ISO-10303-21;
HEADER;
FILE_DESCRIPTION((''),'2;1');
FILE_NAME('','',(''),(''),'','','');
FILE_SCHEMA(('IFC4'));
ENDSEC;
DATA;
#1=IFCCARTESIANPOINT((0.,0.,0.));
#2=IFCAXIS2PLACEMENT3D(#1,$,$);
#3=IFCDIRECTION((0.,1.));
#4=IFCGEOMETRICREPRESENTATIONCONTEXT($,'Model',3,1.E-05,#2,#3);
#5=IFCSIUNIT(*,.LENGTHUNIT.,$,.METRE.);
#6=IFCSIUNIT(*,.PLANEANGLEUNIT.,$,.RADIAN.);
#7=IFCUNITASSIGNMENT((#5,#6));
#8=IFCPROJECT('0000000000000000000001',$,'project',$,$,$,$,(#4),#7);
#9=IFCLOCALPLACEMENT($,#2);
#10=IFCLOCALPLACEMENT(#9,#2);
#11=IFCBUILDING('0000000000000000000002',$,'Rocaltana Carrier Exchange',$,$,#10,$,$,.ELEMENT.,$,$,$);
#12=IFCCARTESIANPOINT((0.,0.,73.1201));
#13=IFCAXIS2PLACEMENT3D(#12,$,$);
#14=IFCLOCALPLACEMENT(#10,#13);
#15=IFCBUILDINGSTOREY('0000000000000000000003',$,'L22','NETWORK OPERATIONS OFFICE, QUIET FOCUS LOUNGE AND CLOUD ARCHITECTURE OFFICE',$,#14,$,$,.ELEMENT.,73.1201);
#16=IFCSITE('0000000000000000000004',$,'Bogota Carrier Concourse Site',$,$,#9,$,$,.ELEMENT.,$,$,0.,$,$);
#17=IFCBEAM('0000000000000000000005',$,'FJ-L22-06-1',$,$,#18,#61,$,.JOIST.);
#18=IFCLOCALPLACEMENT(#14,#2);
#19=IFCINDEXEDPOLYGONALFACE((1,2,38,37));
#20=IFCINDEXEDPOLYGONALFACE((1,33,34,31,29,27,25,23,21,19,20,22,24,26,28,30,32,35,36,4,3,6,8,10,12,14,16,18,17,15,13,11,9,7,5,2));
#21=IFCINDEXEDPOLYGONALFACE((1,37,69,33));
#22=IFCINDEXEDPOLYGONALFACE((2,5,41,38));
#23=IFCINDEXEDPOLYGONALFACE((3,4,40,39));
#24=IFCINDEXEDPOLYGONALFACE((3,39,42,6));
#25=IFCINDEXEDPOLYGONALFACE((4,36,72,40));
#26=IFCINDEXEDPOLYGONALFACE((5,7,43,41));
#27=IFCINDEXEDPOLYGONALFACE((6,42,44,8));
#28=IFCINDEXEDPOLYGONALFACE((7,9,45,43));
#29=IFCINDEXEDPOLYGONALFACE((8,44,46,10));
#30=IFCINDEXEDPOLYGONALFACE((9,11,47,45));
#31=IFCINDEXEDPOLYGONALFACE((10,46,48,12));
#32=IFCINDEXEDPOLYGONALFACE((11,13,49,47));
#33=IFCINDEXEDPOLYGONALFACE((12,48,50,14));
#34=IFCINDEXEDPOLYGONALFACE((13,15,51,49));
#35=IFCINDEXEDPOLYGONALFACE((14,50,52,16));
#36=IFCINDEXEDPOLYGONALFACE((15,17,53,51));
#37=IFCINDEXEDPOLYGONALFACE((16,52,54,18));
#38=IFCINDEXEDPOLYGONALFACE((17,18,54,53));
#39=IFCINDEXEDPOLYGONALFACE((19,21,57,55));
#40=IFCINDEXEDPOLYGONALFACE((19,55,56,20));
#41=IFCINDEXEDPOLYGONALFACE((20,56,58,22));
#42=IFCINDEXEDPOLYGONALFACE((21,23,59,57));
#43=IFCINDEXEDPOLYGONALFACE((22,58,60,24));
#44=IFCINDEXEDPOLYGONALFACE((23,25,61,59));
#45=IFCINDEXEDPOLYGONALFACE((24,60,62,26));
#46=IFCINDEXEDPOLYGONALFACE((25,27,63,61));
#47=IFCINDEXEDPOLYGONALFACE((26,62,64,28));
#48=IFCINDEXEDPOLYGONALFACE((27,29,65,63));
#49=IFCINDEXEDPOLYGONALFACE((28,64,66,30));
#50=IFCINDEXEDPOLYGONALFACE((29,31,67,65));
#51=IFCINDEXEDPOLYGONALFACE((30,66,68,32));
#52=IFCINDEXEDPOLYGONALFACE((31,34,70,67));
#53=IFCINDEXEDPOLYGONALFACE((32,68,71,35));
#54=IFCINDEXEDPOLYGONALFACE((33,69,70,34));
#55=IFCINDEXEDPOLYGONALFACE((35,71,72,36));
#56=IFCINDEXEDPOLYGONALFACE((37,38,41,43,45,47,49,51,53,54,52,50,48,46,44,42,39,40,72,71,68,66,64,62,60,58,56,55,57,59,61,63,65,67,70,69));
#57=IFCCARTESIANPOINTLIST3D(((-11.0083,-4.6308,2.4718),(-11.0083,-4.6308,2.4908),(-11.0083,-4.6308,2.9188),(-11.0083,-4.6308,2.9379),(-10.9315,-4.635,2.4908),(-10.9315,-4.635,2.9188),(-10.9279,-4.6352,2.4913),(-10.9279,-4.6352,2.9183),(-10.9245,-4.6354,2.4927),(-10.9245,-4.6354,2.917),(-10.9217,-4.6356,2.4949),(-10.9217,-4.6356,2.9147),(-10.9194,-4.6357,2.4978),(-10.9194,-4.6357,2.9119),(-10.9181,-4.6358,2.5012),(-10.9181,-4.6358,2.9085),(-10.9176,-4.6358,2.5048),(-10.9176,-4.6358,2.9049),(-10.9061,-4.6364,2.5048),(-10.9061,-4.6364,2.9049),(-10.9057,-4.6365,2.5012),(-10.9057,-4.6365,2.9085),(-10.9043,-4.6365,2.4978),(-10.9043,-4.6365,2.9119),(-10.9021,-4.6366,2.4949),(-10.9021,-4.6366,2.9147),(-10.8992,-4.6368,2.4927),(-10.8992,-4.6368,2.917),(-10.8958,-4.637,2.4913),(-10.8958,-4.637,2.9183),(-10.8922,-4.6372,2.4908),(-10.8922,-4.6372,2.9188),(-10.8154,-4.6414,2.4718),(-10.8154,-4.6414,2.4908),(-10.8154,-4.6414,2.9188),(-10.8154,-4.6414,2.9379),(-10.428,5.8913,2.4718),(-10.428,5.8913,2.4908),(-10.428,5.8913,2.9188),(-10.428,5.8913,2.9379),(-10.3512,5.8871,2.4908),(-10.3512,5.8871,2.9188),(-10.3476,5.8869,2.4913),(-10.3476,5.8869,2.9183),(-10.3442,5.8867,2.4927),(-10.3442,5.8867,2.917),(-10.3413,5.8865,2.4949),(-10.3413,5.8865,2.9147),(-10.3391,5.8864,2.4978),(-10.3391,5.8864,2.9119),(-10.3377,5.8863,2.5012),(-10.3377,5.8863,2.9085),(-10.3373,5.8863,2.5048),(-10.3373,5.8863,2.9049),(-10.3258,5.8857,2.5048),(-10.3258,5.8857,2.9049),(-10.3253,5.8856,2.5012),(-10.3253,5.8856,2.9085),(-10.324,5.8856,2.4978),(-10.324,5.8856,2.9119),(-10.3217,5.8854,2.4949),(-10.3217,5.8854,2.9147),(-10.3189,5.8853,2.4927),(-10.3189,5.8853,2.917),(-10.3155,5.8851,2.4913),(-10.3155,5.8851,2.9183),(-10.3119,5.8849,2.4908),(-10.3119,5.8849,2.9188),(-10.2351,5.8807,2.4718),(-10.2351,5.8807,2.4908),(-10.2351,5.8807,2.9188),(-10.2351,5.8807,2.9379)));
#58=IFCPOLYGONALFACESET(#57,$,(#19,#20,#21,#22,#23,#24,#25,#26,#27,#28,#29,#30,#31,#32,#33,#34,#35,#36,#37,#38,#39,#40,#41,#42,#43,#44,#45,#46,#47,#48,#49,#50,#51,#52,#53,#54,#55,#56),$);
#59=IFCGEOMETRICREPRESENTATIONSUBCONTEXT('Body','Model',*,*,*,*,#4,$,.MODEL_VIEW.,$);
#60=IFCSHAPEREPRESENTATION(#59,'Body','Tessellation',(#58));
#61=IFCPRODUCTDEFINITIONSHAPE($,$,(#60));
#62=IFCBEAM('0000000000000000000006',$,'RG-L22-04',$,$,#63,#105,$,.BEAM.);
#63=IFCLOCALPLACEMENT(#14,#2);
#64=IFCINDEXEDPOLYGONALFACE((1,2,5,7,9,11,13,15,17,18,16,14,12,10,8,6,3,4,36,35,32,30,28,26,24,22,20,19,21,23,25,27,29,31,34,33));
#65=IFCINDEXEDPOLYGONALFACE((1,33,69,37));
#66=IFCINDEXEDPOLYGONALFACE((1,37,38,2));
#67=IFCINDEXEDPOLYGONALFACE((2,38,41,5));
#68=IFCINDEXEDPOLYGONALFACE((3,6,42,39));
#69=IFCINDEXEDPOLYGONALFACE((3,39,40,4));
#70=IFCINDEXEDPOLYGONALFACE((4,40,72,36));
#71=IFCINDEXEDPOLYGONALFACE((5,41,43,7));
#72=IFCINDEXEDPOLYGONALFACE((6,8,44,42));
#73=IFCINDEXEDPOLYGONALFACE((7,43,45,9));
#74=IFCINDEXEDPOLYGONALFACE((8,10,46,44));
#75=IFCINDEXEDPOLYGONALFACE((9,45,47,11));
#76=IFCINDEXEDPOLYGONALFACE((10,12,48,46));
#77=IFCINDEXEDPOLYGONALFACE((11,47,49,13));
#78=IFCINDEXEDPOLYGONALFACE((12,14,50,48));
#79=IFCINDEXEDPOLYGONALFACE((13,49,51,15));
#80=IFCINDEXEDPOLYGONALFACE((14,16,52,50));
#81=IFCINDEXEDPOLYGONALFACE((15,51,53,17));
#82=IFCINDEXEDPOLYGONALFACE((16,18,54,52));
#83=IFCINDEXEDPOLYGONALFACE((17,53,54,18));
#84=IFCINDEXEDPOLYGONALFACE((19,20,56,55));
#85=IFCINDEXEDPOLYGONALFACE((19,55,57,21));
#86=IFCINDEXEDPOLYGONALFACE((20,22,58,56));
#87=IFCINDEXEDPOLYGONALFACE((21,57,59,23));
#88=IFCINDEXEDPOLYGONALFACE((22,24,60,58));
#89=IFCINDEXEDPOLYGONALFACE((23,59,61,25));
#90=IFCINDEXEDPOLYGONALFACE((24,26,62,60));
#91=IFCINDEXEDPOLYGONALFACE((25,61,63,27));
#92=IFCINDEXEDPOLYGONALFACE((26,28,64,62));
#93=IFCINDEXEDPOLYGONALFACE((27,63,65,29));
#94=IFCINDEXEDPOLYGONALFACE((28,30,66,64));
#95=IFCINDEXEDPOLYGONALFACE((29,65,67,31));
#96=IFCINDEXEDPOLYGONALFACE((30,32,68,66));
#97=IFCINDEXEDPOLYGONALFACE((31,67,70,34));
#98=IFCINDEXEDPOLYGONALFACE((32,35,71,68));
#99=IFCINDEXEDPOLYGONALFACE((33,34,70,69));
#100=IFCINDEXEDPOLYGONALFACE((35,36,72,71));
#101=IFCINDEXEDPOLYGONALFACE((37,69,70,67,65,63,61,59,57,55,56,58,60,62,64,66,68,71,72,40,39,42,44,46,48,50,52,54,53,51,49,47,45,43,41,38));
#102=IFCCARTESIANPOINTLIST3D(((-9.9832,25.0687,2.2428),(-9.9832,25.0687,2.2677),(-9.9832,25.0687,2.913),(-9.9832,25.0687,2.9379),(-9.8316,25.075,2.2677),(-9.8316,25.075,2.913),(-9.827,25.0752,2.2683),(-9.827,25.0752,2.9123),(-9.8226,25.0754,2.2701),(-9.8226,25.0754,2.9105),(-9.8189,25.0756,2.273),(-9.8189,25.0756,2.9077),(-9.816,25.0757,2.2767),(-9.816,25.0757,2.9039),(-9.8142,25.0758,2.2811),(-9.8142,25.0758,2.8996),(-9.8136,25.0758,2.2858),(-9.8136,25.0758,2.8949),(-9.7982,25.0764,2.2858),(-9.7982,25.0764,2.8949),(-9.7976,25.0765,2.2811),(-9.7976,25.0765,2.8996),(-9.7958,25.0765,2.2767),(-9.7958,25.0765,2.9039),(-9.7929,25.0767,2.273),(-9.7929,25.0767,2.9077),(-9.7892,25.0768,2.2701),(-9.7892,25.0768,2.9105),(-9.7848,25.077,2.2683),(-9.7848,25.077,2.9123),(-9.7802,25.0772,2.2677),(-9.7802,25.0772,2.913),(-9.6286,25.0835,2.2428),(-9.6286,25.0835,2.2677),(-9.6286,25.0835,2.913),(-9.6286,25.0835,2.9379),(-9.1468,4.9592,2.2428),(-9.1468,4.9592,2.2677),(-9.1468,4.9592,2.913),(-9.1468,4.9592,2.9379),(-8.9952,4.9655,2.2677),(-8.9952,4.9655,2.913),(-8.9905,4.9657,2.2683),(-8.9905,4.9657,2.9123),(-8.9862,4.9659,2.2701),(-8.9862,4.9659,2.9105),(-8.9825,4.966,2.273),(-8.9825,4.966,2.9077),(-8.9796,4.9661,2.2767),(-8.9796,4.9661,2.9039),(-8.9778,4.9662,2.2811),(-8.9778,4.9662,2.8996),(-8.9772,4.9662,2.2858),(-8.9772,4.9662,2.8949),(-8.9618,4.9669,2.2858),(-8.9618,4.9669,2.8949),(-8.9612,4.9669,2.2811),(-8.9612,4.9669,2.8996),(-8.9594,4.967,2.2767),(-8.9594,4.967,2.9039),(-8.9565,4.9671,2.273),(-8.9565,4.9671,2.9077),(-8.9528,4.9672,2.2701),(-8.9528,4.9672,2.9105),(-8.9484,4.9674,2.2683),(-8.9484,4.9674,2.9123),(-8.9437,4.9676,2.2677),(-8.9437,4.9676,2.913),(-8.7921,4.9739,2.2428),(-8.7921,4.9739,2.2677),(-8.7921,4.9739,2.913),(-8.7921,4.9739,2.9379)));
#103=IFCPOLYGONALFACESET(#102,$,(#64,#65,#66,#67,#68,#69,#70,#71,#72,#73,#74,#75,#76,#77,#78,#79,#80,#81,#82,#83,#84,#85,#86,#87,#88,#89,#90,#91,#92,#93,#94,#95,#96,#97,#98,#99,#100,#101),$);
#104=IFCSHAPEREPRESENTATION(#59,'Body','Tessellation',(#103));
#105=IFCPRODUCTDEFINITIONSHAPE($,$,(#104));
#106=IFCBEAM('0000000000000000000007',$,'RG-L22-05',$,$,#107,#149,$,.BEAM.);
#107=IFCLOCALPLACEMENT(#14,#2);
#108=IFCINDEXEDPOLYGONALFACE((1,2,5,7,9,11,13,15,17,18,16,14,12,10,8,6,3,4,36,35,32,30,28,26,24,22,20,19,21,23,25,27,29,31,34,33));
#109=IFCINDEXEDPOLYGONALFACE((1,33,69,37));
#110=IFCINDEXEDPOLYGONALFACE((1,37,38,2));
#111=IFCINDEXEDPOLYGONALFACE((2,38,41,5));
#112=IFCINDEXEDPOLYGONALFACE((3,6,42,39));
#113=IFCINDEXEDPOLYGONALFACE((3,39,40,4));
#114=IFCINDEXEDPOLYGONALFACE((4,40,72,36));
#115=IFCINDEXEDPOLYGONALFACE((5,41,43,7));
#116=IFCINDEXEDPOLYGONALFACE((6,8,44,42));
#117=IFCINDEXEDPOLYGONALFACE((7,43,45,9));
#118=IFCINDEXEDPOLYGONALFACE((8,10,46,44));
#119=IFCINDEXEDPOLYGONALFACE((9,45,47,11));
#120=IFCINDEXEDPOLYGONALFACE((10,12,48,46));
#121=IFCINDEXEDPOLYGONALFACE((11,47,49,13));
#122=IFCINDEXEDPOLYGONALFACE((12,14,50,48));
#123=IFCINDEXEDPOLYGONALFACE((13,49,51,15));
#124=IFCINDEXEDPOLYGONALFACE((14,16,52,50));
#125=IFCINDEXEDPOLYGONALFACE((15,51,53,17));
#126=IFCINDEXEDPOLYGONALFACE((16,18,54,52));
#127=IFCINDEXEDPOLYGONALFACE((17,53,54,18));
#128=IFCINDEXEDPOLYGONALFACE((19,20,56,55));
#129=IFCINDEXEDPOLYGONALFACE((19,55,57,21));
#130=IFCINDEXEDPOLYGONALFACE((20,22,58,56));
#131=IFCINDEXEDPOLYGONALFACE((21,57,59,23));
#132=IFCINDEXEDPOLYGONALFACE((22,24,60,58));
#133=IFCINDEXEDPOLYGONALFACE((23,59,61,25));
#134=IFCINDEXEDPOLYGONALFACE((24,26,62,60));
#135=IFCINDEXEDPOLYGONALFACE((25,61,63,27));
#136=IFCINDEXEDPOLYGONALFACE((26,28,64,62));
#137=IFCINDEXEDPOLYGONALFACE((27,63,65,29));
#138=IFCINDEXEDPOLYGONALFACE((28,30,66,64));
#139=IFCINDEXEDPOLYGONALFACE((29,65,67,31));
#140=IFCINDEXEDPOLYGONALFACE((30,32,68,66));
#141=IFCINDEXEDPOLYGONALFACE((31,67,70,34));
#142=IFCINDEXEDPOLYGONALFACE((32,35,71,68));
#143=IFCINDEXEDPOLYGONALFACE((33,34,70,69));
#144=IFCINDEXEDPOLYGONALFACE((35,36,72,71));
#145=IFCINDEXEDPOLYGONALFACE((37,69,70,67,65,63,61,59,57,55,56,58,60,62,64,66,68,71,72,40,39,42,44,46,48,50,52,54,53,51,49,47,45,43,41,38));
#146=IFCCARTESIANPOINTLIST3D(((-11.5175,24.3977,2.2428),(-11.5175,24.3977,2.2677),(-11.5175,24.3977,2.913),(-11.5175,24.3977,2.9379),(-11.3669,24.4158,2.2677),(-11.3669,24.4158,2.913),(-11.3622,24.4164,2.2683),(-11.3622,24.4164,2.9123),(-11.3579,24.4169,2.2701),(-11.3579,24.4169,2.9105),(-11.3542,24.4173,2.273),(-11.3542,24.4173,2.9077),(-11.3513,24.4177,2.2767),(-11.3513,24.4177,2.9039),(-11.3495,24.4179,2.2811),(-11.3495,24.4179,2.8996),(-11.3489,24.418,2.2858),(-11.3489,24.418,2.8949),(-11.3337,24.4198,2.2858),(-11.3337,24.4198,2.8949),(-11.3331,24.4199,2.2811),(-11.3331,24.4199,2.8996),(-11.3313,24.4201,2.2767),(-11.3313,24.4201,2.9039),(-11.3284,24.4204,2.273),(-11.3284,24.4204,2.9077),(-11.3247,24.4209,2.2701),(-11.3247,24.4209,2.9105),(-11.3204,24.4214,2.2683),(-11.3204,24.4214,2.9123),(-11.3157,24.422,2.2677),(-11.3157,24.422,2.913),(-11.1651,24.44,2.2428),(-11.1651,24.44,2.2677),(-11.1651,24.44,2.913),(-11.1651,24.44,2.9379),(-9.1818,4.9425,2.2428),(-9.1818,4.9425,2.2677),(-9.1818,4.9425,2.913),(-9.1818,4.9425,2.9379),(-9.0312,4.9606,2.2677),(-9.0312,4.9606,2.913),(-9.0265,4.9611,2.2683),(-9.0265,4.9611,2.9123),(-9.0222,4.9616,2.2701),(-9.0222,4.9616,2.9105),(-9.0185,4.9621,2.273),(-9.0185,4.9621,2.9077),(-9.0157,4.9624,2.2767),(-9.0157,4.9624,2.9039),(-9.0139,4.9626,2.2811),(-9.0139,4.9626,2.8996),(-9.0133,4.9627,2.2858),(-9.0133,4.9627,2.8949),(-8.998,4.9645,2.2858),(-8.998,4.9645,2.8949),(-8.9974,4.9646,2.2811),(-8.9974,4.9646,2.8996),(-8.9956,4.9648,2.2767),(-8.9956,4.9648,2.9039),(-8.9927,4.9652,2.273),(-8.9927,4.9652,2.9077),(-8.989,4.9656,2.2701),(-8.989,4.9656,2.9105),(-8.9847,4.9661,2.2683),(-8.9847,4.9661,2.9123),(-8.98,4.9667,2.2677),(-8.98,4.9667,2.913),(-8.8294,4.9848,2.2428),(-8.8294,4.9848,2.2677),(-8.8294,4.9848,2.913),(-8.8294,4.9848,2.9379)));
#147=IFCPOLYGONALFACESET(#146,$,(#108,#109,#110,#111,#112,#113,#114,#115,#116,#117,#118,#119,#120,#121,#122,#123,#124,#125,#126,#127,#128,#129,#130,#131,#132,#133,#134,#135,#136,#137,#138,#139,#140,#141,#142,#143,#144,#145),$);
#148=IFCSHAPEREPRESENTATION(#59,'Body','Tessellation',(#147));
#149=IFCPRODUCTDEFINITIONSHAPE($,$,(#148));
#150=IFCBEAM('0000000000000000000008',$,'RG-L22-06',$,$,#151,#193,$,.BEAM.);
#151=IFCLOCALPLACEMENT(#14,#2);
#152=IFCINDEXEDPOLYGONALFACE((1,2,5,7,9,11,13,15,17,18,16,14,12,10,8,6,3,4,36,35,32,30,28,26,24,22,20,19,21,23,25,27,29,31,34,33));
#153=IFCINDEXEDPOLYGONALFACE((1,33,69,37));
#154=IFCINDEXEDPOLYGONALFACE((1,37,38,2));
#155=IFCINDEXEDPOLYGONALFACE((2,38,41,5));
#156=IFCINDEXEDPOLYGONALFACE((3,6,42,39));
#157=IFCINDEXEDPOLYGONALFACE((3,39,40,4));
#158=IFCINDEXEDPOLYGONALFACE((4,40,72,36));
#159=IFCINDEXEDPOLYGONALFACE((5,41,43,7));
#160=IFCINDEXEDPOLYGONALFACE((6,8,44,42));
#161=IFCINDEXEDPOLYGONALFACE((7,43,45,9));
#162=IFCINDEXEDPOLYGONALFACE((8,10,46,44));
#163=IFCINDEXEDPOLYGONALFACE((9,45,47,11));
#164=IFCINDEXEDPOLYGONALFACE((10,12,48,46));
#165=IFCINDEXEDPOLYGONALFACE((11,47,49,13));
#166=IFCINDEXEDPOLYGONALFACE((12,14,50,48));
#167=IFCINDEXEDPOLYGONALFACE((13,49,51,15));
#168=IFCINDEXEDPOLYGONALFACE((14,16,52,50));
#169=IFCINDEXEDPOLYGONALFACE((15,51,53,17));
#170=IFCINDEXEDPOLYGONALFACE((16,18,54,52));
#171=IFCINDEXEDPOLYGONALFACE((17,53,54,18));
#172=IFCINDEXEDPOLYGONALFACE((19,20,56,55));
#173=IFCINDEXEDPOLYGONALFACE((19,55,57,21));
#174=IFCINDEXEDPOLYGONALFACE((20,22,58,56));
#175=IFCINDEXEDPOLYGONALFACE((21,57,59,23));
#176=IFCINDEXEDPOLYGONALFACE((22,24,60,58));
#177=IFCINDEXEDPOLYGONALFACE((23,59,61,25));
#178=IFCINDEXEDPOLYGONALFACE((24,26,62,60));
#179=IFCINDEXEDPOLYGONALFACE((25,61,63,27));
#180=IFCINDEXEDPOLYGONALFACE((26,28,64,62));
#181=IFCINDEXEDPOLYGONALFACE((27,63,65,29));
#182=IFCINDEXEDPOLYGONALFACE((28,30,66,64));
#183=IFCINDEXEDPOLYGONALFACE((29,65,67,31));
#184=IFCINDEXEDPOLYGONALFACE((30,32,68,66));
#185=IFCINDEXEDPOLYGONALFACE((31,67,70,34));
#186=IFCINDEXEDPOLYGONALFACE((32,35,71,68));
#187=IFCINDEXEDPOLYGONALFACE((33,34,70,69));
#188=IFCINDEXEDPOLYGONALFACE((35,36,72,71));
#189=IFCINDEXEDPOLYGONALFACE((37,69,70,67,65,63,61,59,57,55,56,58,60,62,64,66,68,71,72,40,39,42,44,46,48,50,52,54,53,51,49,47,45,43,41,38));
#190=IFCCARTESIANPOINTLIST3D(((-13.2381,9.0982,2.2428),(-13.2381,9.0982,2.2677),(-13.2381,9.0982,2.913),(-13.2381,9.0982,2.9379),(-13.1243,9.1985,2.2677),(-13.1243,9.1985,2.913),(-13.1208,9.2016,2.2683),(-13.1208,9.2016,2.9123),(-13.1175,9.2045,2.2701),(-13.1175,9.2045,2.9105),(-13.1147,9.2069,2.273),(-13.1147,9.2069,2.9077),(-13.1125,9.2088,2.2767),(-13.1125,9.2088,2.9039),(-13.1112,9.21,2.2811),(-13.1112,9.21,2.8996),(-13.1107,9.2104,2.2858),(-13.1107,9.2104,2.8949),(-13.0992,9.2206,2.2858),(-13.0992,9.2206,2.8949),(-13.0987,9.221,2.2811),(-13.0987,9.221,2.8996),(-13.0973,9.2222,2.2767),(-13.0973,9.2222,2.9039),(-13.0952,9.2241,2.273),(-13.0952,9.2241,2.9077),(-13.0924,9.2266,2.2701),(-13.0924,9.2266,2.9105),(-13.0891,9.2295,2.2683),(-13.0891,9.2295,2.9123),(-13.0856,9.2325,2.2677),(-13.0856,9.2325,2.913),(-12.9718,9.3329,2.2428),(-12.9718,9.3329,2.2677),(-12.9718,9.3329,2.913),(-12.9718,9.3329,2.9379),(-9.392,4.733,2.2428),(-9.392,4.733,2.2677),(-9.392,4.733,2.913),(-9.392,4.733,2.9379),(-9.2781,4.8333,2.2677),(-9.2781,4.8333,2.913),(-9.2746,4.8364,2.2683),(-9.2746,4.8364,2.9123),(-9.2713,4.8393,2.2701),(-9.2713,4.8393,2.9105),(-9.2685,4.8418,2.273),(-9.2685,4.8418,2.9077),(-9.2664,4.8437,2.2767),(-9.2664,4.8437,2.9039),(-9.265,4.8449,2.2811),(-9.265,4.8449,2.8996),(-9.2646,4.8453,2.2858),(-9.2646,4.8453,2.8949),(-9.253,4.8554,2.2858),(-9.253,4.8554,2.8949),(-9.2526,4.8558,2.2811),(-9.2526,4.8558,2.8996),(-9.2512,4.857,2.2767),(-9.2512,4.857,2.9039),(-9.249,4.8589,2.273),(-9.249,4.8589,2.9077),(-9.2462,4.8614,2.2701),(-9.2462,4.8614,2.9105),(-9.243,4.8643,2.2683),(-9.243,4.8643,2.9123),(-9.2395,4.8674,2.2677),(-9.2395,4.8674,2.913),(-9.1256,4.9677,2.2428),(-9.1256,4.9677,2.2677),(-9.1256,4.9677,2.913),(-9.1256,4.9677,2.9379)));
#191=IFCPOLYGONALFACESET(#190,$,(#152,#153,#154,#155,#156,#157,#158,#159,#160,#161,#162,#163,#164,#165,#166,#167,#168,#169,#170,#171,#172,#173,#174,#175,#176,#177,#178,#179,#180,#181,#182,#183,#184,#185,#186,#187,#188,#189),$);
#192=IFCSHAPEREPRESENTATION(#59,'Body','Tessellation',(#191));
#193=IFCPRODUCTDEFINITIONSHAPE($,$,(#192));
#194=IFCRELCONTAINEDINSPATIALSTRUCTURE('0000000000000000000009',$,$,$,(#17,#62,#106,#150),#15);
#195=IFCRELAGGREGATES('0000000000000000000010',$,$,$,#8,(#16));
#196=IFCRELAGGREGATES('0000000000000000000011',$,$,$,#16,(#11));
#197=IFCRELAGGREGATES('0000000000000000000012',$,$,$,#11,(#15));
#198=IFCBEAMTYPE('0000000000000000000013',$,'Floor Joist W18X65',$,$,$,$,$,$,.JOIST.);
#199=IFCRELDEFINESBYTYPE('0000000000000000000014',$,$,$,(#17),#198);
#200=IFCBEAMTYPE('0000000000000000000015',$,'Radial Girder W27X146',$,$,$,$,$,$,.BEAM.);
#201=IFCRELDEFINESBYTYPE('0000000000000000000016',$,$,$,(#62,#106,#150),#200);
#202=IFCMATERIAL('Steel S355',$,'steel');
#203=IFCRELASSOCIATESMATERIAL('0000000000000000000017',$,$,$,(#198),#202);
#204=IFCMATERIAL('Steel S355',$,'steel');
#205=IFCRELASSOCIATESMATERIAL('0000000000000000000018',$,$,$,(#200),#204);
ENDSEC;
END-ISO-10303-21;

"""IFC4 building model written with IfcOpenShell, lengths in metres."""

from ifc_helpers import new_model, si_unit, direction, frame, origin, origin_2d, place, context, subcontext, project, spatial, i_section, extrude, material, material_profile, profile_set, type_object, element, save


model = new_model("IFC4")

# Units and contexts
model_context = context("Model", 3, precision=1e-05, world=origin(), true_north=direction((0.0, 1.0)))
body_context = subcontext(model_context, "Body", "Model", "MODEL_VIEW")
ifc_project = project(units=[si_unit("LENGTHUNIT", "METRE"), si_unit("PLANEANGLEUNIT", "RADIAN")], contexts=[model_context])

# Site, building, storey
site_placement = place(None, origin())
site = spatial("IfcSite", under=ifc_project, at=site_placement, Name="Bogota Carrier Concourse Site", CompositionType="ELEMENT", RefElevation=0.0)
building_placement = place(site_placement, origin())
building = spatial("IfcBuilding", under=site, at=building_placement, Name="Rocaltana Carrier Exchange", CompositionType="ELEMENT")
storey_placement = place(building_placement, frame((0.0, 0.0, 73.1201)))
storey = spatial("IfcBuildingStorey", under=building, at=storey_placement, Name="L22", Description="NETWORK OPERATIONS OFFICE, QUIET FOCUS LOUNGE AND CLOUD ARCHITECTURE OFFICE", CompositionType="ELEMENT", Elevation=73.1201)

# Beams
ifc_material_1 = material(Name="Steel S355", Category="steel")
ifc_material_profile_1 = material_profile(ifc_material_1, i_section(OverallWidth=0.1931, OverallDepth=0.4661, WebThickness=0.0115, FlangeThickness=0.019, FilletRadius=0.0139, at=origin_2d()), Name="W18X65")
ifc_profile_set_1 = profile_set([ifc_material_profile_1], Name="Steel S355")
beam_type_1 = type_object("IfcBeamType", Name="Floor Joist W18X65", PredefinedType="JOIST", material=ifc_profile_set_1)
beam_1_placement = place(storey_placement, frame((-10.3315, 5.886, 2.7048), z_axis=(-0.055068, -0.998483, 0.0), x_axis=(0.998483, -0.055068, 0.0)))
element("IfcBeam", 1, at=beam_1_placement, inside=storey, type_object=beam_type_1, Name="FJ-L22-06-1", PredefinedType="JOIST", context=body_context, shape_type="SweptSolid", body=[
    extrude(i_section(OverallWidth=0.1931, OverallDepth=0.4661, WebThickness=0.0115, FlangeThickness=0.019, FilletRadius=0.0139, at=origin_2d()), origin(), (0.0, 0.0, 1.0), 10.5381),
])
ifc_material_2 = material(Name="Steel S355", Category="steel")
ifc_material_profile_2 = material_profile(ifc_material_2, i_section(OverallWidth=0.355, OverallDepth=0.6951, WebThickness=0.0154, FlangeThickness=0.0249, FilletRadius=0.0181, at=origin_2d()), Name="W27X146")
ifc_profile_set_2 = profile_set([ifc_material_profile_2], Name="Steel S355")
beam_type_2 = type_object("IfcBeamType", Name="Radial Girder W27X146", PredefinedType="BEAM", material=ifc_profile_set_2)
beam_2_placement = place(storey_placement, frame((-8.9695, 4.9666, 2.5903), z_axis=(-0.041557, 0.999136, 0.0), x_axis=(-0.999136, -0.041557, 0.0)))
element("IfcBeam", 2, at=beam_2_placement, inside=storey, type_object=beam_type_2, Name="RG-L22-04", PredefinedType="BEAM", context=body_context, shape_type="SweptSolid", body=[
    extrude(i_section(OverallWidth=0.355, OverallDepth=0.6951, WebThickness=0.0154, FlangeThickness=0.0249, FilletRadius=0.0181, at=origin_2d()), origin(), (0.0, 0.0, 1.0), 20.127),
])
beam_3_placement = place(storey_placement, frame((-9.0056, 4.9636, 2.5903), z_axis=(-0.119198, 0.99287, 0.0), x_axis=(-0.99287, -0.119198, 0.0)))
element("IfcBeam", 3, at=beam_3_placement, inside=storey, type_object=beam_type_2, Name="RG-L22-05", PredefinedType="BEAM", context=body_context, shape_type="SweptSolid", body=[
    extrude(i_section(OverallWidth=0.355, OverallDepth=0.6951, WebThickness=0.0154, FlangeThickness=0.0249, FilletRadius=0.0181, at=origin_2d()), origin(), (0.0, 0.0, 1.0), 19.595),
])
beam_4_placement = place(storey_placement, frame((-9.2588, 4.8503, 2.5903), z_axis=(-0.661091, 0.750305, 0.0), x_axis=(-0.750305, -0.661091, 0.0)))
element("IfcBeam", 4, at=beam_4_placement, inside=storey, type_object=beam_type_2, Name="RG-L22-06", PredefinedType="BEAM", context=body_context, shape_type="SweptSolid", body=[
    extrude(i_section(OverallWidth=0.355, OverallDepth=0.6951, WebThickness=0.0154, FlangeThickness=0.0249, FilletRadius=0.0181, at=origin_2d()), origin(), (0.0, 0.0, 1.0), 5.8179),
])

save(model, "model.ifc")
